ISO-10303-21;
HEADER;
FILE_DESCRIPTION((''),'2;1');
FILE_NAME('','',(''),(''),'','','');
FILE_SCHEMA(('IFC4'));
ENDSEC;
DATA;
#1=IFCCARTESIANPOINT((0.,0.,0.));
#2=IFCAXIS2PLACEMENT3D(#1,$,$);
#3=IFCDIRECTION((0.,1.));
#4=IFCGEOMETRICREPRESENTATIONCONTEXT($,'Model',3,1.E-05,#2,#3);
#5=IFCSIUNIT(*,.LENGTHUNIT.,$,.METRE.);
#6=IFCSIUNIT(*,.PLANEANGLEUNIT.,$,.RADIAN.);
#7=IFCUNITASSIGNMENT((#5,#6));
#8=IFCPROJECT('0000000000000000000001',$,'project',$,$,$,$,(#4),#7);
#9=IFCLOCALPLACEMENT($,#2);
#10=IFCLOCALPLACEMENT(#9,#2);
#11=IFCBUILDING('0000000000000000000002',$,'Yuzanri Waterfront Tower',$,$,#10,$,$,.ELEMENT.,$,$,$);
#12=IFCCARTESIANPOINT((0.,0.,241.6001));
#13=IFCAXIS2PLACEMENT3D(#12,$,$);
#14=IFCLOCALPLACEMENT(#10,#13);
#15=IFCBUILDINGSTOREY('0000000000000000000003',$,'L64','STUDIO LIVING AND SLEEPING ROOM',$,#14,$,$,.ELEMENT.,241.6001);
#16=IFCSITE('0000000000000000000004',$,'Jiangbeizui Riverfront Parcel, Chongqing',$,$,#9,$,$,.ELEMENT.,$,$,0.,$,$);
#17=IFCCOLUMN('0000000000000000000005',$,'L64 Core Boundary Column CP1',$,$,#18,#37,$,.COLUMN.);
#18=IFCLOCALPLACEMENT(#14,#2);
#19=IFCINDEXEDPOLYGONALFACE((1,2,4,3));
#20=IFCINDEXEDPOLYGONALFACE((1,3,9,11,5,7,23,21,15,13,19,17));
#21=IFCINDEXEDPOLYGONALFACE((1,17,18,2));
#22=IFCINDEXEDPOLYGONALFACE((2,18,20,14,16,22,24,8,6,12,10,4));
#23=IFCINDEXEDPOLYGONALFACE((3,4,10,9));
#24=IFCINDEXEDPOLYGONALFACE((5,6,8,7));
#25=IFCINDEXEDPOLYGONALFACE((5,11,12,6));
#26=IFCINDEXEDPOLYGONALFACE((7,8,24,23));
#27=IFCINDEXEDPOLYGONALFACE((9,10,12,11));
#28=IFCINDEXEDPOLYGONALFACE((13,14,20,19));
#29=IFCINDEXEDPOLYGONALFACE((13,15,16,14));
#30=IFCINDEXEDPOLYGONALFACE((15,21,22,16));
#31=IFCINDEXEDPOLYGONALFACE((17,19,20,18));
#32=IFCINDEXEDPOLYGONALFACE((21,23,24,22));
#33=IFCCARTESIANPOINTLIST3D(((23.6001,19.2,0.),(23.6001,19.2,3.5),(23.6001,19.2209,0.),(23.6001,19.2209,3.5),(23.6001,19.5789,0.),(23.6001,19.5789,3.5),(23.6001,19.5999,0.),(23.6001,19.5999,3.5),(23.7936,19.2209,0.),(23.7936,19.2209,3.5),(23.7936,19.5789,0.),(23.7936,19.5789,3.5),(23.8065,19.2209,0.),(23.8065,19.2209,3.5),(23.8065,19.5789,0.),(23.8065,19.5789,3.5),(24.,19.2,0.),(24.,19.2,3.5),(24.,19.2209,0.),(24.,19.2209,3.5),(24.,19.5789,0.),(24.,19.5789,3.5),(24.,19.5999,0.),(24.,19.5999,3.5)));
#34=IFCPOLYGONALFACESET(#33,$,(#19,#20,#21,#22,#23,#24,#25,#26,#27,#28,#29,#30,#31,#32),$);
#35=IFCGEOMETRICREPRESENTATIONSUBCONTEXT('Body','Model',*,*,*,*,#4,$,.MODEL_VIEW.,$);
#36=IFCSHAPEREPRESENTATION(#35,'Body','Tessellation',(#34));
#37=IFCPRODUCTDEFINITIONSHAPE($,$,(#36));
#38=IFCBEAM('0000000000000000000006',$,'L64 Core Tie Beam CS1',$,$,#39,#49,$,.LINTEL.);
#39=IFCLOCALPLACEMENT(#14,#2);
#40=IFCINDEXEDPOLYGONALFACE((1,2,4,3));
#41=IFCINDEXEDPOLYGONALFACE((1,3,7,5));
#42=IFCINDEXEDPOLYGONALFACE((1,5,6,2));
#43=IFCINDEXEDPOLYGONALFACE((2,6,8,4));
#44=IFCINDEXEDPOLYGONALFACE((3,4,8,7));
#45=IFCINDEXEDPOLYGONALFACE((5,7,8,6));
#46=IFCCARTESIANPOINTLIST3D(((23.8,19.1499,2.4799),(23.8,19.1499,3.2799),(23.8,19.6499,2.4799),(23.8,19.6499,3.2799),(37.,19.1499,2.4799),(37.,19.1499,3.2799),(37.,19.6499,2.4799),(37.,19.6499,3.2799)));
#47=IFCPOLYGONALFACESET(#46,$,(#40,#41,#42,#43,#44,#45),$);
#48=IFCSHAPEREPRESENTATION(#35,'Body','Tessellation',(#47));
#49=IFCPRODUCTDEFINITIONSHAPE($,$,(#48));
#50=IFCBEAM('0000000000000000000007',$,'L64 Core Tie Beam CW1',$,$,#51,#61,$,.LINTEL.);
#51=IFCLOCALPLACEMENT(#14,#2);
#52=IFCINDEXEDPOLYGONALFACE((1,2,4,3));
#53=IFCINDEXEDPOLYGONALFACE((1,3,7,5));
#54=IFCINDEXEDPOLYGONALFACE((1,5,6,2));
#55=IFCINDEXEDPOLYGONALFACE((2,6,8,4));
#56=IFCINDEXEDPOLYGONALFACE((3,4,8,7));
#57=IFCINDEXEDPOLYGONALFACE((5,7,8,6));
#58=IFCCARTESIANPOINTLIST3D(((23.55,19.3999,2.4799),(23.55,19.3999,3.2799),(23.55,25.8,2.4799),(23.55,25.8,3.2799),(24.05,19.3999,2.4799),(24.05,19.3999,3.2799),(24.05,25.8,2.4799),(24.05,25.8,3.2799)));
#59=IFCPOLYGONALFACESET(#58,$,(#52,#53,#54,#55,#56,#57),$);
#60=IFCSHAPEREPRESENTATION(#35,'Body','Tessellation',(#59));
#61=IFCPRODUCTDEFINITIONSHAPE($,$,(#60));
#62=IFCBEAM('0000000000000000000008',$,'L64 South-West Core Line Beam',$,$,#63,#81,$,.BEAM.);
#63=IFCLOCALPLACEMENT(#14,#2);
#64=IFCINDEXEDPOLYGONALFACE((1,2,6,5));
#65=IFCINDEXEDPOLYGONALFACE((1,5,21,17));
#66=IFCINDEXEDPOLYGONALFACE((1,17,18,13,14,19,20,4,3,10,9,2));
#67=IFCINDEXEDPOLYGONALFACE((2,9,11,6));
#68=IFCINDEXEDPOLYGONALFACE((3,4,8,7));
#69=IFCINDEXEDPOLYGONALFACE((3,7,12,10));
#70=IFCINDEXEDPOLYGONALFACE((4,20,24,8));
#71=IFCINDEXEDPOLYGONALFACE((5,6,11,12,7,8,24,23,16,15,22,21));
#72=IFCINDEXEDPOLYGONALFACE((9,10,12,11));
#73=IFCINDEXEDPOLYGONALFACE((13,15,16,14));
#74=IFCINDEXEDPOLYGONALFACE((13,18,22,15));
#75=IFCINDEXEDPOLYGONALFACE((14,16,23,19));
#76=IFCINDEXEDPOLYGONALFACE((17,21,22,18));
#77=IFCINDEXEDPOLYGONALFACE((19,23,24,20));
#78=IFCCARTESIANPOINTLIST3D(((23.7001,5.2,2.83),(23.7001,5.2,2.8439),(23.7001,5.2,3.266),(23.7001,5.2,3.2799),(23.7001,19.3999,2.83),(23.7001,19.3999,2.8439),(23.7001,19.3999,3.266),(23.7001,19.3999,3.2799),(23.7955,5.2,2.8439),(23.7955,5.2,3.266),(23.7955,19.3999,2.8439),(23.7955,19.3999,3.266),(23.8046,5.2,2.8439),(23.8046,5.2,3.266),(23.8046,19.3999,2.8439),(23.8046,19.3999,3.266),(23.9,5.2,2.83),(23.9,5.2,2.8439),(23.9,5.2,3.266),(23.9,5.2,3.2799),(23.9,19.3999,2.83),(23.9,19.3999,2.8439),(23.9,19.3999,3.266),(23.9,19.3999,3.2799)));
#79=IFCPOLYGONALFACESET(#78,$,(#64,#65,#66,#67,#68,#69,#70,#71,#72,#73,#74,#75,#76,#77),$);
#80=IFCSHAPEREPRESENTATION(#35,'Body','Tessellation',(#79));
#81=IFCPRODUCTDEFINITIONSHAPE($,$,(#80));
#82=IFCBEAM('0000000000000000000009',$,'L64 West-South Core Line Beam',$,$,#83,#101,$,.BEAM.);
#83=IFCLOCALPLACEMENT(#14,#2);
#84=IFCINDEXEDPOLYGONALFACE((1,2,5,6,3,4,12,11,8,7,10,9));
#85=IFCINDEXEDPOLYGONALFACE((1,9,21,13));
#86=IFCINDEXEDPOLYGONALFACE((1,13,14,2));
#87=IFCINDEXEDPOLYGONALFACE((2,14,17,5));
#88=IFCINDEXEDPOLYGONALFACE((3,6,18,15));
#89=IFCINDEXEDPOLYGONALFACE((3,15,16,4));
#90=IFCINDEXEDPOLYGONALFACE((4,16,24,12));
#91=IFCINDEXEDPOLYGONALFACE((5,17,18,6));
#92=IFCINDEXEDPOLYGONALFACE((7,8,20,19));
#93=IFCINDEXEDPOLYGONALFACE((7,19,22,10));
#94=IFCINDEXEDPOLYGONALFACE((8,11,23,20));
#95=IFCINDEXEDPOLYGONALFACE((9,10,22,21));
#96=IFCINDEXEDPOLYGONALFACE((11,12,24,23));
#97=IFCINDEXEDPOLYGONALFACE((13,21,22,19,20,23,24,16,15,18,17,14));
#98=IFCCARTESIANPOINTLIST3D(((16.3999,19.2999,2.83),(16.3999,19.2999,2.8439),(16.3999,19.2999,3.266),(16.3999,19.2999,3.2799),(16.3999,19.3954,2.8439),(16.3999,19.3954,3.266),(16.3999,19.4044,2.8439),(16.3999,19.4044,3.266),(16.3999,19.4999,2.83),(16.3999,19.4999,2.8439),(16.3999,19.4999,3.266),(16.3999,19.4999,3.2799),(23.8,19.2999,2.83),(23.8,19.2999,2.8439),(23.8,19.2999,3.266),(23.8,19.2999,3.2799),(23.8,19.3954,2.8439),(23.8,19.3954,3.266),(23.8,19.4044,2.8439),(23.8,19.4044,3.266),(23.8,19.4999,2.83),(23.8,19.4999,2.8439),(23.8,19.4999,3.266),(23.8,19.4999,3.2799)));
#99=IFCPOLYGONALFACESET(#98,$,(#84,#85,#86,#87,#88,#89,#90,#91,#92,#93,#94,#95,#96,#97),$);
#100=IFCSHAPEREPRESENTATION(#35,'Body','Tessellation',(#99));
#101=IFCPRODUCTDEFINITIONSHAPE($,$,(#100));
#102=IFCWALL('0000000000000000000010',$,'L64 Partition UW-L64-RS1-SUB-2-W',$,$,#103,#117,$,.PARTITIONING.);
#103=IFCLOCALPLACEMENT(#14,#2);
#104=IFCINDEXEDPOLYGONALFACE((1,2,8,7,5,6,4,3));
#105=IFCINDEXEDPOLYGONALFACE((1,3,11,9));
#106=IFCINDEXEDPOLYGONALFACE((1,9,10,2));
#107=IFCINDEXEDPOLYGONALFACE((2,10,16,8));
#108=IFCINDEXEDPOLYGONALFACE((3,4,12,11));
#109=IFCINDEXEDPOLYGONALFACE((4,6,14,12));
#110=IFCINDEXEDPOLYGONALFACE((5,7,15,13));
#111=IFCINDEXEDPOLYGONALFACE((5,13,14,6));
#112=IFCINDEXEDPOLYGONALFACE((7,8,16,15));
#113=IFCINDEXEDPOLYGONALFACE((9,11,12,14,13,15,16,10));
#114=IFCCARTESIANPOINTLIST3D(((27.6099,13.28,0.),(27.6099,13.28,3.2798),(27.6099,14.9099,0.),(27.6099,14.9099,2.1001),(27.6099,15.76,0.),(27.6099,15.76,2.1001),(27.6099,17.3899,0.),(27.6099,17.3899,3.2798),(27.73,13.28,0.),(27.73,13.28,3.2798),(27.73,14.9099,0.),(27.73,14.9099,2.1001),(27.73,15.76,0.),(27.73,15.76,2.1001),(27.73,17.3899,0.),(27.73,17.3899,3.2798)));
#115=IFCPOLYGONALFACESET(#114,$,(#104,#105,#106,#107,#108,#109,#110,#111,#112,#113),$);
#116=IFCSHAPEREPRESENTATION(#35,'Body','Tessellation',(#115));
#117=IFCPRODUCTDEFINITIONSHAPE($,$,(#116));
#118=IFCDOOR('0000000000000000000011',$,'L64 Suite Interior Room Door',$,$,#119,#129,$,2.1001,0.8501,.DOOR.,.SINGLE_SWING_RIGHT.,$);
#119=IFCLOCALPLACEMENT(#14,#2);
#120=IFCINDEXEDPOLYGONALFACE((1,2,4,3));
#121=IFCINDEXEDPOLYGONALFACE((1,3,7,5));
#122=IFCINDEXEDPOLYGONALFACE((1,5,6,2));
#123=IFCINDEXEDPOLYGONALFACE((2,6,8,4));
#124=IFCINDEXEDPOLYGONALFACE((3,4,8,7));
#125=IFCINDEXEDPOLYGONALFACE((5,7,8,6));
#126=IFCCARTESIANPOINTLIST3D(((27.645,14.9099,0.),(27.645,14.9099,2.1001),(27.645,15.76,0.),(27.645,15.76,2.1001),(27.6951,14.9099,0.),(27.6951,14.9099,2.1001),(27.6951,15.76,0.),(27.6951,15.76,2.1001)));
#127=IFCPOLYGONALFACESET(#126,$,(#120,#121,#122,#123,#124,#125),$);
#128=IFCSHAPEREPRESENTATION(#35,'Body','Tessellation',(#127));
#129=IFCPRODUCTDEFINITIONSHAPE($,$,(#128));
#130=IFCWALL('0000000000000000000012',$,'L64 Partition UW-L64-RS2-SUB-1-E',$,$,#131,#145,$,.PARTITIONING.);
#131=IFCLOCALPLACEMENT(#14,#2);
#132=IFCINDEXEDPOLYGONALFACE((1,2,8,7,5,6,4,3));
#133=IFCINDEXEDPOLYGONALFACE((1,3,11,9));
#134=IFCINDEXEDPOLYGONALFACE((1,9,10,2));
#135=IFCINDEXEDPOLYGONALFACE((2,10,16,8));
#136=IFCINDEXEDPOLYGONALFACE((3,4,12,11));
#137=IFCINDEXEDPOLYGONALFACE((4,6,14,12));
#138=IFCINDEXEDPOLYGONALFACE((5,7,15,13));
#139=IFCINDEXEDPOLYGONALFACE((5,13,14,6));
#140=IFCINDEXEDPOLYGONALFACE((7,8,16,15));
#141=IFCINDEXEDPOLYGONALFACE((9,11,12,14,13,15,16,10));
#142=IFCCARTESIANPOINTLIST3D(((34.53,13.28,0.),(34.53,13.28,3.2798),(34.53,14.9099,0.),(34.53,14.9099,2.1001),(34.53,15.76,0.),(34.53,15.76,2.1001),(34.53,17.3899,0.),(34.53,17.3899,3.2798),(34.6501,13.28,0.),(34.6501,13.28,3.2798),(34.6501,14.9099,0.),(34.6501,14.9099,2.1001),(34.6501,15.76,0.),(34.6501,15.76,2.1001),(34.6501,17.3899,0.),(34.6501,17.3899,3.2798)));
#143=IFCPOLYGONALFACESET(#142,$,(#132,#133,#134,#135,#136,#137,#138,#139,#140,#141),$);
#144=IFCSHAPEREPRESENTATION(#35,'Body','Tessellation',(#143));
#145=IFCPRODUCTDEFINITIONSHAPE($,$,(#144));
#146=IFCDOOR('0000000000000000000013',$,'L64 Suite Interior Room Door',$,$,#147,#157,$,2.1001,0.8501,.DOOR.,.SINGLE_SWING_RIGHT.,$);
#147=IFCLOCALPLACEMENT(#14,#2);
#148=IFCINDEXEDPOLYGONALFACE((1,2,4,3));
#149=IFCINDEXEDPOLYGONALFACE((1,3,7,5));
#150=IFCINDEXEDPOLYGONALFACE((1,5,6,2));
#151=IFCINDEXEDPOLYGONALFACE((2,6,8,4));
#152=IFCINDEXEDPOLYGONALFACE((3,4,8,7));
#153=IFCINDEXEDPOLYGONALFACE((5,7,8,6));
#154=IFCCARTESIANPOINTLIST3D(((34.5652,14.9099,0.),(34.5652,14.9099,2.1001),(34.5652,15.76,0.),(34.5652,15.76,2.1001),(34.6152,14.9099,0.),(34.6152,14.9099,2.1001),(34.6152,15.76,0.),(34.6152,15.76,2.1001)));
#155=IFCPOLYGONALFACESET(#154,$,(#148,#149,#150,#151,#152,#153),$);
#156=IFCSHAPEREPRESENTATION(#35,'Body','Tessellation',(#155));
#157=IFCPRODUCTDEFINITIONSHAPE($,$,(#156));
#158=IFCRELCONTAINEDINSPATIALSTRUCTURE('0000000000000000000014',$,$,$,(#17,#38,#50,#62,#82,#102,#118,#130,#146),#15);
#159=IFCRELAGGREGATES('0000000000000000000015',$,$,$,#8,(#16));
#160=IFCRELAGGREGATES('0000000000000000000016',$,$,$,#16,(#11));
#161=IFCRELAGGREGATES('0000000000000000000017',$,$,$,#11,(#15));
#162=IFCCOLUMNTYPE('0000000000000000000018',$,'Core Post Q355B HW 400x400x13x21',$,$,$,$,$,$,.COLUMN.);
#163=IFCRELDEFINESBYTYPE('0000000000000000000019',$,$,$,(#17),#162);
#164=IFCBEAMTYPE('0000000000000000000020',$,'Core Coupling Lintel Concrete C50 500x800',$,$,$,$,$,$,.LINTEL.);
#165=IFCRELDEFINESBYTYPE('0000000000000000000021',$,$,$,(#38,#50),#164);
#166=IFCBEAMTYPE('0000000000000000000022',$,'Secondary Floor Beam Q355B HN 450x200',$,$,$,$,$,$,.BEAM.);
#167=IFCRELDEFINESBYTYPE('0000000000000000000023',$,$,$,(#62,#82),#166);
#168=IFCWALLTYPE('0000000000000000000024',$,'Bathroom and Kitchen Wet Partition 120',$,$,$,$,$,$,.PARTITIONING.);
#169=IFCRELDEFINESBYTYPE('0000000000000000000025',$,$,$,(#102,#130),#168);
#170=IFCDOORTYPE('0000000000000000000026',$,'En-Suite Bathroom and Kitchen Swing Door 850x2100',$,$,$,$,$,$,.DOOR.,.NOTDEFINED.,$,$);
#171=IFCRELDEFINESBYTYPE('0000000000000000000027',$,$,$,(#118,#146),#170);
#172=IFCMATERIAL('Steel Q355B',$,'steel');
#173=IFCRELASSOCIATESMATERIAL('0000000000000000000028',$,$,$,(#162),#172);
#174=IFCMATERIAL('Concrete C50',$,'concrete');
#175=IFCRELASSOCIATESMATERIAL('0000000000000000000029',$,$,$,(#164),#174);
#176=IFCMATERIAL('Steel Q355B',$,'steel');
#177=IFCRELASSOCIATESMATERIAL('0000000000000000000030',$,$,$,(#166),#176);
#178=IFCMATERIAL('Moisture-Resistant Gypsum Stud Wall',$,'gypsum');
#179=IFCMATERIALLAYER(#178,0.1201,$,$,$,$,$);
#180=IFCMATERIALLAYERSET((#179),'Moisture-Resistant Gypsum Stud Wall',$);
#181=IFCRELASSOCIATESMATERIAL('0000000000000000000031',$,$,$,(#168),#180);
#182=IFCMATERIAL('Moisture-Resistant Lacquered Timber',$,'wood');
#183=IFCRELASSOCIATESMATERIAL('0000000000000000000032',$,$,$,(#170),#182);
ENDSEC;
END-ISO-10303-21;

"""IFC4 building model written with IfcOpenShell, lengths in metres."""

from ifc_helpers import new_model, si_unit, direction, frame, frame_2d, origin, origin_2d, place, context, subcontext, project, spatial, rectangle, i_section, extrude, source, transform, mapped, material, layer, layer_set, material_profile, profile_set, type_object, element, fill, save


model = new_model("IFC4")

# Units and contexts
model_context = context("Model", 3, precision=1e-05, world=origin(), true_north=direction((0.0, 1.0)))
body_context = subcontext(model_context, "Body", "Model", "MODEL_VIEW")
ifc_project = project(units=[si_unit("LENGTHUNIT", "METRE"), si_unit("PLANEANGLEUNIT", "RADIAN")], contexts=[model_context])

# Site, building, storey
site_placement = place(None, origin())
site = spatial("IfcSite", under=ifc_project, at=site_placement, Name="Jiangbeizui Riverfront Parcel, Chongqing", CompositionType="ELEMENT", RefElevation=0.0)
building_placement = place(site_placement, origin())
building = spatial("IfcBuilding", under=site, at=building_placement, Name="Yuzanri Waterfront Tower", CompositionType="ELEMENT")
storey_placement = place(building_placement, frame((0.0, 0.0, 241.6001)))
storey = spatial("IfcBuildingStorey", under=building, at=storey_placement, Name="L64", Description="STUDIO LIVING AND SLEEPING ROOM", CompositionType="ELEMENT", Elevation=241.6001)

# Column
ifc_material_1 = material(Name="Steel Q355B", Category="steel")
ifc_material_profile_1 = material_profile(ifc_material_1, i_section(OverallWidth=0.3999, OverallDepth=0.3999, WebThickness=0.0129, FlangeThickness=0.021, at=origin_2d()), Name="HW 400x400x13x21")
ifc_profile_set_1 = profile_set([ifc_material_profile_1], Name="Steel Q355B")
column_type = type_object("IfcColumnType", Name="Core Post Q355B HW 400x400x13x21", PredefinedType="COLUMN", material=ifc_profile_set_1)
shared_shape_1 = source(origin(), body_context, "Body", "SweptSolid", [
    extrude(i_section(OverallWidth=0.3999, OverallDepth=0.3999, WebThickness=0.0129, FlangeThickness=0.021, at=origin_2d()), origin(), (0.0, 0.0, 1.0), 3.5),
])
column_placement = place(storey_placement, frame((23.8, 19.3999, 0.0), z_axis=(0.0, 0.0, 1.0), x_axis=(1.0, 0.0, 0.0)))
element("IfcColumn", 1, at=column_placement, inside=storey, type_object=column_type, Name="L64 Core Boundary Column CP1", PredefinedType="COLUMN", context=body_context, shape_type="MappedRepresentation", body=[
    mapped(shared_shape_1, transform((0.0, 0.0, 0.0), scale=1.0)),
])

# Beams
ifc_material_2 = material(Name="Concrete C50", Category="concrete")
ifc_material_profile_2 = material_profile(ifc_material_2, rectangle(XDim=0.5, YDim=0.8, at=origin_2d()), Name="RC 500x800")
ifc_profile_set_2 = profile_set([ifc_material_profile_2], Name="Concrete C50")
beam_type_1 = type_object("IfcBeamType", Name="Core Coupling Lintel Concrete C50 500x800", PredefinedType="LINTEL", material=ifc_profile_set_2)
shared_shape_2 = source(origin(), body_context, "Body", "SweptSolid", [
    extrude(rectangle(XDim=0.5, YDim=0.8, at=origin_2d()), origin(), (0.0, 0.0, 1.0), 13.2),
])
beam_1_placement = place(storey_placement, frame((23.8, 19.3999, 2.8799), z_axis=(1.0, 0.0, 0.0), x_axis=(0.0, 1.0, 0.0)))
element("IfcBeam", 2, at=beam_1_placement, inside=storey, type_object=beam_type_1, Name="L64 Core Tie Beam CS1", PredefinedType="LINTEL", context=body_context, shape_type="MappedRepresentation", body=[
    mapped(shared_shape_2, transform((0.0, 0.0, 0.0), scale=1.0)),
])
shared_shape_3 = source(origin(), body_context, "Body", "SweptSolid", [
    extrude(rectangle(XDim=0.5, YDim=0.8, at=origin_2d()), origin(), (0.0, 0.0, 1.0), 6.4001),
])
beam_2_placement = place(storey_placement, frame((23.8, 19.3999, 2.8799), z_axis=(0.0, 1.0, 0.0), x_axis=(-1.0, 0.0, 0.0)))
element("IfcBeam", 3, at=beam_2_placement, inside=storey, type_object=beam_type_1, Name="L64 Core Tie Beam CW1", PredefinedType="LINTEL", context=body_context, shape_type="MappedRepresentation", body=[
    mapped(shared_shape_3, transform((0.0, 0.0, 0.0), scale=1.0)),
])
ifc_material_3 = material(Name="Steel Q355B", Category="steel")
ifc_material_profile_3 = material_profile(ifc_material_3, i_section(OverallWidth=0.2, OverallDepth=0.45, WebThickness=0.009, FlangeThickness=0.0139, at=origin_2d()), Name="HN 450x200x9x14")
ifc_profile_set_3 = profile_set([ifc_material_profile_3], Name="Steel Q355B")
beam_type_2 = type_object("IfcBeamType", Name="Secondary Floor Beam Q355B HN 450x200", PredefinedType="BEAM", material=ifc_profile_set_3)
shared_shape_4 = source(origin(), body_context, "Body", "SweptSolid", [
    extrude(i_section(OverallWidth=0.2, OverallDepth=0.45, WebThickness=0.009, FlangeThickness=0.0139, at=origin_2d()), origin(), (0.0, 0.0, 1.0), 14.2),
])
beam_3_placement = place(storey_placement, frame((23.8, 19.3999, 3.0549), z_axis=(0.0, -1.0, 0.0), x_axis=(1.0, 0.0, 0.0)))
element("IfcBeam", 4, at=beam_3_placement, inside=storey, type_object=beam_type_2, Name="L64 South-West Core Line Beam", PredefinedType="BEAM", context=body_context, shape_type="MappedRepresentation", body=[
    mapped(shared_shape_4, transform((0.0, 0.0, 0.0), scale=1.0)),
])
shared_shape_5 = source(origin(), body_context, "Body", "SweptSolid", [
    extrude(i_section(OverallWidth=0.2, OverallDepth=0.45, WebThickness=0.009, FlangeThickness=0.0139, at=origin_2d()), origin(), (0.0, 0.0, 1.0), 7.4001),
])
beam_4_placement = place(storey_placement, frame((23.8, 19.3999, 3.0549), z_axis=(-1.0, 0.0, 0.0), x_axis=(0.0, -1.0, 0.0)))
element("IfcBeam", 5, at=beam_4_placement, inside=storey, type_object=beam_type_2, Name="L64 West-South Core Line Beam", PredefinedType="BEAM", context=body_context, shape_type="MappedRepresentation", body=[
    mapped(shared_shape_5, transform((0.0, 0.0, 0.0), scale=1.0)),
])

# Walls, openings, doors
ifc_material_4 = material(Name="Moisture-Resistant Gypsum Stud Wall", Category="gypsum")
ifc_layer_1 = layer(ifc_material_4, 0.1201)
ifc_layer_set_1 = layer_set([ifc_layer_1], Name="Moisture-Resistant Gypsum Stud Wall")
wall_type_1 = type_object("IfcWallType", Name="Bathroom and Kitchen Wet Partition 120", PredefinedType="PARTITIONING", material=ifc_layer_set_1)
wall_1_placement = place(storey_placement, frame((27.6699, 13.28, 0.0), z_axis=(0.0, 0.0, 1.0), x_axis=(0.0, 1.0, 0.0)))
wall_1 = element("IfcWall", 6, at=wall_1_placement, inside=storey, type_object=wall_type_1, Name="L64 Partition UW-L64-RS1-SUB-2-W", PredefinedType="PARTITIONING", context=body_context, shape_type="SweptSolid", body=[
    extrude(rectangle(XDim=4.1099, YDim=0.1201, at=frame_2d((2.0549, 0.0))), origin(), (0.0, 0.0, 1.0), 3.2798),
])
opening_1_placement = place(wall_1_placement, frame((1.6299, 0.0, 0.0)))
opening_1 = element("IfcOpeningElement", 7, at=opening_1_placement, cuts=wall_1, PredefinedType="OPENING", context=body_context, shape_type="SweptSolid", body=[
    extrude(rectangle(XDim=0.8501, YDim=2.1001, at=frame_2d((0.425, 1.05))), frame((0.0, 0.075, 0.0), z_axis=(0.0, -1.0, 0.0), x_axis=(1.0, 0.0, 0.0)), (0.0, 0.0, 1.0), 0.1499),
])
ifc_material_5 = material(Name="Moisture-Resistant Lacquered Timber", Category="wood")
door_type_1 = type_object("IfcDoorType", Name="En-Suite Bathroom and Kitchen Swing Door 850x2100", OperationType="NOTDEFINED", PredefinedType="DOOR", material=ifc_material_5)
shared_shape_6 = source(origin(), body_context, "Body", "SweptSolid", [
    extrude(rectangle(XDim=0.8501, YDim=2.1001, at=frame_2d((0.425, 1.05))), frame((0.0, 0.0249, 0.0), z_axis=(0.0, -1.0, 0.0), x_axis=(1.0, 0.0, 0.0)), (0.0, 0.0, 1.0), 0.05),
])
door_1_placement = place(opening_1_placement, origin())
door_1 = element("IfcDoor", 8, at=door_1_placement, inside=storey, type_object=door_type_1, Name="L64 Suite Interior Room Door", OperationType="SINGLE_SWING_RIGHT", OverallHeight=2.1001, OverallWidth=0.8501, PredefinedType="DOOR", context=body_context, shape_type="MappedRepresentation", body=[
    mapped(shared_shape_6, transform((0.0, 0.0, 0.0), scale=1.0)),
])
fill(opening_1, door_1)
wall_2_placement = place(storey_placement, frame((34.5901, 13.28, 0.0), z_axis=(0.0, 0.0, 1.0), x_axis=(0.0, 1.0, 0.0)))
wall_2 = element("IfcWall", 9, at=wall_2_placement, inside=storey, type_object=wall_type_1, Name="L64 Partition UW-L64-RS2-SUB-1-E", PredefinedType="PARTITIONING", context=body_context, shape_type="SweptSolid", body=[
    extrude(rectangle(XDim=4.1099, YDim=0.1201, at=frame_2d((2.0549, 0.0))), origin(), (0.0, 0.0, 1.0), 3.2798),
])
opening_2_placement = place(wall_2_placement, frame((1.6299, 0.0, 0.0)))
opening_2 = element("IfcOpeningElement", 10, at=opening_2_placement, cuts=wall_2, PredefinedType="OPENING", context=body_context, shape_type="SweptSolid", body=[
    extrude(rectangle(XDim=0.8501, YDim=2.1001, at=frame_2d((0.425, 1.05))), frame((0.0, 0.075, 0.0), z_axis=(0.0, -1.0, 0.0), x_axis=(1.0, 0.0, 0.0)), (0.0, 0.0, 1.0), 0.1499),
])
door_2_placement = place(opening_2_placement, origin())
door_2 = element("IfcDoor", 11, at=door_2_placement, inside=storey, type_object=door_type_1, Name="L64 Suite Interior Room Door", OperationType="SINGLE_SWING_RIGHT", OverallHeight=2.1001, OverallWidth=0.8501, PredefinedType="DOOR", context=body_context, shape_type="MappedRepresentation", body=[
    mapped(shared_shape_6, transform((0.0, 0.0, 0.0), scale=1.0)),
])
fill(opening_2, door_2)

save(model, "model.ifc")
